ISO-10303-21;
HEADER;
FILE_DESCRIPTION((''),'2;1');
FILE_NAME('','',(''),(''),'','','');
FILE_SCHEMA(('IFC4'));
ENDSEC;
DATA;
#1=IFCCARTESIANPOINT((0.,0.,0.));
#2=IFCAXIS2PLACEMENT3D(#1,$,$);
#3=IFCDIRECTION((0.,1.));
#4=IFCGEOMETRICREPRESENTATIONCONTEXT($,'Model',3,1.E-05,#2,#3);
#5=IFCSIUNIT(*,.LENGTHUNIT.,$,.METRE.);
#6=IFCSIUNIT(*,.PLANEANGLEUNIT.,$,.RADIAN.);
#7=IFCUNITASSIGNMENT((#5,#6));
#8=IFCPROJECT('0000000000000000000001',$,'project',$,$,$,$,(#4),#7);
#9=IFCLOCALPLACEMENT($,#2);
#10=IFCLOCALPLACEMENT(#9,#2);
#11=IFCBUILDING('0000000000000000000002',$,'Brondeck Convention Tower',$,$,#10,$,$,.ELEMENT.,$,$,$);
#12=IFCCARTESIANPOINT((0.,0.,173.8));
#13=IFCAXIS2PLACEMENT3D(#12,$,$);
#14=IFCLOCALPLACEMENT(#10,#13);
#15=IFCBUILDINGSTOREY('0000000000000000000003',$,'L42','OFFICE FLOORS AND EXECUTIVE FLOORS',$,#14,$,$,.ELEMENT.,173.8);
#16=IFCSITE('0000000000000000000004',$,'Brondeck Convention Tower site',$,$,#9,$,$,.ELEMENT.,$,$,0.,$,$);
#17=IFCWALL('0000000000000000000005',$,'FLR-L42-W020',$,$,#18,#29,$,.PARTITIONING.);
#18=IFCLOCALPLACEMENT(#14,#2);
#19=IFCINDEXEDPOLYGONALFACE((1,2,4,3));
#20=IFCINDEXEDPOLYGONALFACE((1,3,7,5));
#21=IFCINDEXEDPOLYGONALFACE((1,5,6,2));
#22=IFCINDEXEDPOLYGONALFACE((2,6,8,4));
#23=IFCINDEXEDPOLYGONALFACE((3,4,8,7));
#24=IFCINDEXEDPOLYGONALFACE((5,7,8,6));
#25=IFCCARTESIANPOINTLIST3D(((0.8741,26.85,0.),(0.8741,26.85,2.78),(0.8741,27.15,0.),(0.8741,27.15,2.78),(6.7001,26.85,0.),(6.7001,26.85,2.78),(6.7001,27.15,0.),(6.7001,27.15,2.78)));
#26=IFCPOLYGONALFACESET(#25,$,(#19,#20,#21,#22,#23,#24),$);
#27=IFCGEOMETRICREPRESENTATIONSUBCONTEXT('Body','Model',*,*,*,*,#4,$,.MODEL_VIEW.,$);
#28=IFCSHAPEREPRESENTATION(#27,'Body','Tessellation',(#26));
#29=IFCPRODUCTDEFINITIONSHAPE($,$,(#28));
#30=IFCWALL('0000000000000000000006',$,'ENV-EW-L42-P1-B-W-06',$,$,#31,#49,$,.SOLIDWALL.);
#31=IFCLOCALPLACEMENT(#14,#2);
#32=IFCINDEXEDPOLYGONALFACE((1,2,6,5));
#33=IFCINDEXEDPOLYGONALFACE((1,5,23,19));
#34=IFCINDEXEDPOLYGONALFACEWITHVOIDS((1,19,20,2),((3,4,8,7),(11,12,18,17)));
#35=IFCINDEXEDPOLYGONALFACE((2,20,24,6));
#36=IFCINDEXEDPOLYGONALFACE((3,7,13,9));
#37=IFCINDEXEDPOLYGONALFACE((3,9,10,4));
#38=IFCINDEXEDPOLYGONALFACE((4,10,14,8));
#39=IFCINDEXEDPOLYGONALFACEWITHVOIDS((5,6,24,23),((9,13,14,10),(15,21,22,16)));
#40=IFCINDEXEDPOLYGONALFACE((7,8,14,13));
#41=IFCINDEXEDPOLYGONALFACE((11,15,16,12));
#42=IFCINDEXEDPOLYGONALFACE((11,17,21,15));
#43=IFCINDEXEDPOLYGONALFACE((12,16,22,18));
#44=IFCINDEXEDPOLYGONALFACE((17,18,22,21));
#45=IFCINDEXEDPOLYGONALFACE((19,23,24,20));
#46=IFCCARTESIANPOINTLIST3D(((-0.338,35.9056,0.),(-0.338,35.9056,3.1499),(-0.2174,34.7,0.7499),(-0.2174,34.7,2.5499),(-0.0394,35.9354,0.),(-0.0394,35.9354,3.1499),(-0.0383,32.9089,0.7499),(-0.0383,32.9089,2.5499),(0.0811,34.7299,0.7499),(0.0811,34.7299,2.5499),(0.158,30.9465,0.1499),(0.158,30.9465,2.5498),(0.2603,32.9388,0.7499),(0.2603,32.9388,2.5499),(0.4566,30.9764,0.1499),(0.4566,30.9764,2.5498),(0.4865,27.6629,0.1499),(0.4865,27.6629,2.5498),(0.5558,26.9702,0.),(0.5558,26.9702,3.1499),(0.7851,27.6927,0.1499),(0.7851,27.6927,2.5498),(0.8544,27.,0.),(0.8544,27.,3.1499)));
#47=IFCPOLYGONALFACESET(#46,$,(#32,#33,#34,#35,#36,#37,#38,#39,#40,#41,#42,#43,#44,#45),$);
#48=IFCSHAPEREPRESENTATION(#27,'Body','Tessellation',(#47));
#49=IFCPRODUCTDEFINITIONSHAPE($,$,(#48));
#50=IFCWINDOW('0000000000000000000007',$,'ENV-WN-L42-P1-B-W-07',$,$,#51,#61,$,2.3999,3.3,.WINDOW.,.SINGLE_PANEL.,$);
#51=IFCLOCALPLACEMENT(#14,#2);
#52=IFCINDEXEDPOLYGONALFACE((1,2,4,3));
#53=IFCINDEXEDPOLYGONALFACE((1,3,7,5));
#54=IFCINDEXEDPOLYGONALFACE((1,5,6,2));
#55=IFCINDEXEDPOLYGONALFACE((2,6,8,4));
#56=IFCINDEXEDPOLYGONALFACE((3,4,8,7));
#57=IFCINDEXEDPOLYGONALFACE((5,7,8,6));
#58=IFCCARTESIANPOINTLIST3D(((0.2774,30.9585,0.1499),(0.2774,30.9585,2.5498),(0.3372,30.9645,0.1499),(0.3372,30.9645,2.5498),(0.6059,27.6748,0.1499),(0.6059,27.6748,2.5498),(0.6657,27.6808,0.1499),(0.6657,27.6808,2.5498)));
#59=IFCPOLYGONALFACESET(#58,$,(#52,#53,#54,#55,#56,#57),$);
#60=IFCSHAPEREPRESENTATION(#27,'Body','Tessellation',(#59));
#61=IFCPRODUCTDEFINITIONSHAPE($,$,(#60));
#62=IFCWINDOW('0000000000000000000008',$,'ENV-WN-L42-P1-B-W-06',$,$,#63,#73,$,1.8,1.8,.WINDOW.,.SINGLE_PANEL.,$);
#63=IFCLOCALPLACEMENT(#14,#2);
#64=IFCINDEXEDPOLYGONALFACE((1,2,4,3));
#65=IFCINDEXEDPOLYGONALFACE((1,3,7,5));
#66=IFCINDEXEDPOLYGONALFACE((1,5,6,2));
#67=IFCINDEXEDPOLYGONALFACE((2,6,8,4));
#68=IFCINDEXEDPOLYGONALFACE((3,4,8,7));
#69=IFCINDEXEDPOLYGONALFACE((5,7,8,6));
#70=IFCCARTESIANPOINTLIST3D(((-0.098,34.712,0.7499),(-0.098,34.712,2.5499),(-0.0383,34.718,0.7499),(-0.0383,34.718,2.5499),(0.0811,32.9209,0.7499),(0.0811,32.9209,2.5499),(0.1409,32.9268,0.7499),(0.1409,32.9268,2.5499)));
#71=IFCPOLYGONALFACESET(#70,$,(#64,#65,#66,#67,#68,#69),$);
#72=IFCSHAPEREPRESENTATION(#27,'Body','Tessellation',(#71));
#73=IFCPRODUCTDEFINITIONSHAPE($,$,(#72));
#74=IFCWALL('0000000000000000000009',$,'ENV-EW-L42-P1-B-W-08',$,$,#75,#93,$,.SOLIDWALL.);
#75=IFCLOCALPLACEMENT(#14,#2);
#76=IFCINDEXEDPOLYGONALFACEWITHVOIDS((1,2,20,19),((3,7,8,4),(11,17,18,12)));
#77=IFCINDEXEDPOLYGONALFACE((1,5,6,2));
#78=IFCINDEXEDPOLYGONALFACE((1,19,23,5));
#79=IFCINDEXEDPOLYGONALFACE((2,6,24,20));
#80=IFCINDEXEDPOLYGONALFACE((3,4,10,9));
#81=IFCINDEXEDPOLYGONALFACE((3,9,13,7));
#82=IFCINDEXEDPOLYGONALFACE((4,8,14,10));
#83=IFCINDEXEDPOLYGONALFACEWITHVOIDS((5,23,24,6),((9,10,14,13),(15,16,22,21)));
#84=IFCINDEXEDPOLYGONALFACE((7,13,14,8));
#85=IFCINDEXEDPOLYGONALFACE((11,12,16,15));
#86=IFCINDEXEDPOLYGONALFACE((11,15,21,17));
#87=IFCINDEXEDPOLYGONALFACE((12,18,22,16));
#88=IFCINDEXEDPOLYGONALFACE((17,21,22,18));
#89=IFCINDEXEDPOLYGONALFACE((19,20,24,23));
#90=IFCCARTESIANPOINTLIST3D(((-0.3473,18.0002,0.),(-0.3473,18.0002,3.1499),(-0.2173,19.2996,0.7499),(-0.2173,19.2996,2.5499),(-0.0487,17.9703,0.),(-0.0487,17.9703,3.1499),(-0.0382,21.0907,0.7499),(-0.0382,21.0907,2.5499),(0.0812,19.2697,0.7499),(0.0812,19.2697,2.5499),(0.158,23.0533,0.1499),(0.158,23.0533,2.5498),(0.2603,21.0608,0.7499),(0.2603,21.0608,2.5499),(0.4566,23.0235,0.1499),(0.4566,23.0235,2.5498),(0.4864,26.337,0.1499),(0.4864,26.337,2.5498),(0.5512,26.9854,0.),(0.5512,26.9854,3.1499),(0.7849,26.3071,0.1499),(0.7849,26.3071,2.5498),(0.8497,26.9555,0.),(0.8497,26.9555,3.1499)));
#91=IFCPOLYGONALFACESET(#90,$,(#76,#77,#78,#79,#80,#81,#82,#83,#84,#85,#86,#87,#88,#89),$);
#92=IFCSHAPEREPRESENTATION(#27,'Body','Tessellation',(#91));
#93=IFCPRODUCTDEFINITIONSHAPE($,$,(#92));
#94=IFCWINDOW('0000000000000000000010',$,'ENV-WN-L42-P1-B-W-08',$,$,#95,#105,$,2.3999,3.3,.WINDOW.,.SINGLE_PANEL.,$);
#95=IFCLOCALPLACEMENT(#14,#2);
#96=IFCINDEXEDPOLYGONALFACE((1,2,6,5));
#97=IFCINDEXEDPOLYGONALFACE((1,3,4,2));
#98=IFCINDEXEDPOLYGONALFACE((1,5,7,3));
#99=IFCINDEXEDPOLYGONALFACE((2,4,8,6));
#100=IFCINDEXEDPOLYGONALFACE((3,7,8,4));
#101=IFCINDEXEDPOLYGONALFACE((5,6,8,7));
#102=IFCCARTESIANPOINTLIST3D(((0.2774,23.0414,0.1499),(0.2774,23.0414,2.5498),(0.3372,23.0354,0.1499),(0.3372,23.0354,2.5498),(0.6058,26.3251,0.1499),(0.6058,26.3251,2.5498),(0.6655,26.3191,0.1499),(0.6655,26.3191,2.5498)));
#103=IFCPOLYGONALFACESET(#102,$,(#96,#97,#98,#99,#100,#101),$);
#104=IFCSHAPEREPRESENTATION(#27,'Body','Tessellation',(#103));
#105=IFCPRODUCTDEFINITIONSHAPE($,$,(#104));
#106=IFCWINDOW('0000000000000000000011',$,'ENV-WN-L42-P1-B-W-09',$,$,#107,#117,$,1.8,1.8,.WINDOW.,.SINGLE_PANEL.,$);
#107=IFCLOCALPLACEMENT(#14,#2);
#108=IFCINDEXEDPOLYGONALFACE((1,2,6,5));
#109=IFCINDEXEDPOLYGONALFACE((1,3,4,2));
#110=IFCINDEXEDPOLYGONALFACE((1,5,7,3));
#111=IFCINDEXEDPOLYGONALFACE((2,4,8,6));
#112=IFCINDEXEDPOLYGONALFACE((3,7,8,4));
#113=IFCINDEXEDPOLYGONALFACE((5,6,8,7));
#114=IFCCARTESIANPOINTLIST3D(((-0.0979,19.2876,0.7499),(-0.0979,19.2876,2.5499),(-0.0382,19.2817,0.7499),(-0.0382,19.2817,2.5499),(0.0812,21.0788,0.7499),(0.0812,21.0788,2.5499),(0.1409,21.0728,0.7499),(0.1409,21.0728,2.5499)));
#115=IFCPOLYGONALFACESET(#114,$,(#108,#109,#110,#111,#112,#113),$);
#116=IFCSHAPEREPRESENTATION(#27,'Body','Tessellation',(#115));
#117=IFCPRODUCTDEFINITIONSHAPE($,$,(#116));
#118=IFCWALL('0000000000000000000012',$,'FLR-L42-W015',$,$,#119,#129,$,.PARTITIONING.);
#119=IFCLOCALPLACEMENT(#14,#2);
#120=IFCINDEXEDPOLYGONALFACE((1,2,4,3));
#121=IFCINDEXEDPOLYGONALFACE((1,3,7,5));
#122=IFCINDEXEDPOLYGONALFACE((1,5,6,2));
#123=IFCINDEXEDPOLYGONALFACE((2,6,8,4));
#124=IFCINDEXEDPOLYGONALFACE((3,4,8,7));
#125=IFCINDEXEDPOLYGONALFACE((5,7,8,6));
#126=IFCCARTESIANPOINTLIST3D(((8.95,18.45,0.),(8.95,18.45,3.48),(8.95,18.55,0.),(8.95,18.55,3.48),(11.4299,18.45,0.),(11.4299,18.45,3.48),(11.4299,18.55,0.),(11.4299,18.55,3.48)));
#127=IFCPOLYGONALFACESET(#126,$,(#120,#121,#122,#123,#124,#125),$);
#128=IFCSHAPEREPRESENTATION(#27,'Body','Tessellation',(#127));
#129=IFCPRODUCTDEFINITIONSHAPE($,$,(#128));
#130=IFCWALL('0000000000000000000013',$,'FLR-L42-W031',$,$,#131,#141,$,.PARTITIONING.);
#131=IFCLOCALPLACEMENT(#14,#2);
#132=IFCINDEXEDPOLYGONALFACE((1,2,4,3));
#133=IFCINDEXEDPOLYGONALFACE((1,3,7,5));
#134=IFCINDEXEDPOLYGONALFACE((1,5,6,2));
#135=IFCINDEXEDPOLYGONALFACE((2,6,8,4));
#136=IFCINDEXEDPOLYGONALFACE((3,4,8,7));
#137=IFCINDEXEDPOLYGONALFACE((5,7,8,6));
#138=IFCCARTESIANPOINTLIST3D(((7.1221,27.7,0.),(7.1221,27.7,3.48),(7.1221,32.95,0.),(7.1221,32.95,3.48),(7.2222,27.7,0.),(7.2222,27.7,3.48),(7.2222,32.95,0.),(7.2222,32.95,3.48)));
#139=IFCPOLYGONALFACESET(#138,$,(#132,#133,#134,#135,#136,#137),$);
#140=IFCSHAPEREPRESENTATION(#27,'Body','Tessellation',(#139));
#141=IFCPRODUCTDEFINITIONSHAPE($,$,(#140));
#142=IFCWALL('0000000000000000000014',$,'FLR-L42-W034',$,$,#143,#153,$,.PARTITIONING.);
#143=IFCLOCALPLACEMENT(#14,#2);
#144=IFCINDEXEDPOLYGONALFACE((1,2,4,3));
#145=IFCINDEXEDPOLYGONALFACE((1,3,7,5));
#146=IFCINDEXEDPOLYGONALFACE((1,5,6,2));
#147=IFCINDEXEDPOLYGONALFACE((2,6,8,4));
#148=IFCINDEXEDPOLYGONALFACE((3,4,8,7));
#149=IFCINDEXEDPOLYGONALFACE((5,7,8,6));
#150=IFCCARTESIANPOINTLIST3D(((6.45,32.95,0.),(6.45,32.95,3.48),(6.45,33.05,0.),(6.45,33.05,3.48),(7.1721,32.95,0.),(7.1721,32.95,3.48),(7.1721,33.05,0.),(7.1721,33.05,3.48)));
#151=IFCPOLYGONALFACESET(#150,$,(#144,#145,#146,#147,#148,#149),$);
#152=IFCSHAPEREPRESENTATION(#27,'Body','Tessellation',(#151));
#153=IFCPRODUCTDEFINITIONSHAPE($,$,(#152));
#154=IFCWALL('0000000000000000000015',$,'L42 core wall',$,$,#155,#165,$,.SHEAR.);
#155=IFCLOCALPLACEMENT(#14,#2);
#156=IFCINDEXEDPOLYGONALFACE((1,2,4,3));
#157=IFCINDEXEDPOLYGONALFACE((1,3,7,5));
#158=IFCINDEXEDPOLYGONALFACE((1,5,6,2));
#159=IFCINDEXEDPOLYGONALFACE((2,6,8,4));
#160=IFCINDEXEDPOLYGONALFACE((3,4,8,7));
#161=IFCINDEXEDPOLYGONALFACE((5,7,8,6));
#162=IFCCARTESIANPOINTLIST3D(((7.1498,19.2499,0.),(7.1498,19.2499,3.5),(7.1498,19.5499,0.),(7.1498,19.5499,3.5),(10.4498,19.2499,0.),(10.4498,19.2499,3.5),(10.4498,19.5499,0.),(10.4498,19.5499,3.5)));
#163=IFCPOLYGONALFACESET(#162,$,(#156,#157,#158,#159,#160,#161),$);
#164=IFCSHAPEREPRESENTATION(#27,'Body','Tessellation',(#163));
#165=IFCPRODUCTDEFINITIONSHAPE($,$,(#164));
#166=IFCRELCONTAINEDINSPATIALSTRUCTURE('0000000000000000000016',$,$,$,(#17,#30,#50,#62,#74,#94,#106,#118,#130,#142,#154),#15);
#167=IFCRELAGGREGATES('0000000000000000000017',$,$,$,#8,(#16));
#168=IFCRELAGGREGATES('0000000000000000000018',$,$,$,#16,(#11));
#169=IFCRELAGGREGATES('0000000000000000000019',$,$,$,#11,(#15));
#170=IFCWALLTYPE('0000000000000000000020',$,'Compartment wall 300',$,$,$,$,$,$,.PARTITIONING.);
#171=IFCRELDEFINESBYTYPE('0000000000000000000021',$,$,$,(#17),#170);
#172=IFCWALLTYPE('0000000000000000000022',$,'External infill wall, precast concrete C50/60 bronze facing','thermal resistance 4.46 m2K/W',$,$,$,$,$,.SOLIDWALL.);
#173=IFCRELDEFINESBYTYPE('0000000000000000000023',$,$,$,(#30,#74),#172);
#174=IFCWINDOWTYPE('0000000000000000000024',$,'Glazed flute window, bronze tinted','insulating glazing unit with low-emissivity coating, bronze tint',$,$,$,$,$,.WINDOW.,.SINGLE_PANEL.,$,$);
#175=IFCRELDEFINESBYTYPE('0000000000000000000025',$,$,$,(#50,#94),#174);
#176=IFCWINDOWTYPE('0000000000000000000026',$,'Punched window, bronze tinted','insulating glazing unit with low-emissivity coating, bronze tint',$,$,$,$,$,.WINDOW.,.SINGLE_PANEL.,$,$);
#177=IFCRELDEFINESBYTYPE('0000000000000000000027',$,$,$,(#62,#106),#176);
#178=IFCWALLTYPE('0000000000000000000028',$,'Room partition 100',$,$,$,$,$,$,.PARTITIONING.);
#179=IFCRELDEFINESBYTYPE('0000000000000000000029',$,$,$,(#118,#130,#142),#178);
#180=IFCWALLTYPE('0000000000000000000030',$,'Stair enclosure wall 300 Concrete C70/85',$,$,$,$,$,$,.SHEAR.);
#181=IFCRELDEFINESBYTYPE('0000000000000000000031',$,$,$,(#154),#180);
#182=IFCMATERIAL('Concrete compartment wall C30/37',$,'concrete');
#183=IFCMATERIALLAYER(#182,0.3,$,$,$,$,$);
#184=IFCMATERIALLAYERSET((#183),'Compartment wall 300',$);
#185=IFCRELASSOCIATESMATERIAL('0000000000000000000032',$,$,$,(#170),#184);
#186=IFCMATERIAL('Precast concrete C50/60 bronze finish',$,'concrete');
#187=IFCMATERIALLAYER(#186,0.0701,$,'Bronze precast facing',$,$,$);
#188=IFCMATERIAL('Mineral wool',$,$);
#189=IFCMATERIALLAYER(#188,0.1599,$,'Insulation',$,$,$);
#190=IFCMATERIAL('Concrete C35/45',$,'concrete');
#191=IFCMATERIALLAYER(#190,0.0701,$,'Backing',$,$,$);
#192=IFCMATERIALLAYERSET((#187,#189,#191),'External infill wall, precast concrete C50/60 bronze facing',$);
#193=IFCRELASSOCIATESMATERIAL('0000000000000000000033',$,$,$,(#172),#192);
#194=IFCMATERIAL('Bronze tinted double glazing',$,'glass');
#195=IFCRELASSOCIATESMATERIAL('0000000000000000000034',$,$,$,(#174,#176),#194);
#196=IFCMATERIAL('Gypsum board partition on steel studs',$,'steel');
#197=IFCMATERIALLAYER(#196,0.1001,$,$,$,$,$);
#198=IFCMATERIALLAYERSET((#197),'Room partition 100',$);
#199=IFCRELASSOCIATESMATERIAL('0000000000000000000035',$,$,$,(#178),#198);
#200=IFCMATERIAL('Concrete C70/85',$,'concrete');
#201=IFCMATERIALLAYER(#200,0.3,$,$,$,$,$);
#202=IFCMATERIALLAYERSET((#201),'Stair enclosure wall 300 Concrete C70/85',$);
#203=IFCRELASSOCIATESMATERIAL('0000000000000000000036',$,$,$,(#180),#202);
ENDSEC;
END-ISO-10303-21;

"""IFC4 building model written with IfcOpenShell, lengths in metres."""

from ifc_helpers import new_model, si_unit, direction, frame, frame_2d, origin, place, context, subcontext, project, spatial, rectangle, extrude, material, layer, layer_set, type_object, element, fill, save


model = new_model("IFC4")

# Units and contexts
model_context = context("Model", 3, precision=1e-05, world=origin(), true_north=direction((0.0, 1.0)))
body_context = subcontext(model_context, "Body", "Model", "MODEL_VIEW")
ifc_project = project(units=[si_unit("LENGTHUNIT", "METRE"), si_unit("PLANEANGLEUNIT", "RADIAN")], contexts=[model_context])

# Site, building, storey
site_placement = place(None, origin())
site = spatial("IfcSite", under=ifc_project, at=site_placement, Name="Brondeck Convention Tower site", CompositionType="ELEMENT", RefElevation=0.0)
building_placement = place(site_placement, origin())
building = spatial("IfcBuilding", under=site, at=building_placement, Name="Brondeck Convention Tower", CompositionType="ELEMENT")
storey_placement = place(building_placement, frame((0.0, 0.0, 173.8)))
storey = spatial("IfcBuildingStorey", under=building, at=storey_placement, Name="L42", Description="OFFICE FLOORS AND EXECUTIVE FLOORS", CompositionType="ELEMENT", Elevation=173.8)

# Shared definitions
ifc_material_1 = material(Name="Concrete C70/85", Category="concrete")

# Wall
ifc_material_2 = material(Name="Concrete compartment wall C30/37", Category="concrete")
ifc_layer_1 = layer(ifc_material_2, 0.3)
ifc_layer_set_1 = layer_set([ifc_layer_1], Name="Compartment wall 300")
wall_type_1 = type_object("IfcWallType", Name="Compartment wall 300", PredefinedType="PARTITIONING", material=ifc_layer_set_1)
wall_1_placement = place(storey_placement, frame((0.874, 27.0, 0.0), z_axis=(0.0, 0.0, 1.0), x_axis=(1.0, 0.0, 0.0)))
element("IfcWall", 1, at=wall_1_placement, inside=storey, type_object=wall_type_1, Name="FLR-L42-W020", PredefinedType="PARTITIONING", context=body_context, shape_type="SweptSolid", body=[
    extrude(rectangle(XDim=5.8259, YDim=0.3, at=frame_2d((2.9131, 0.0))), origin(), (0.0, 0.0, 1.0), 2.78),
])

# Walls, openings, windows
ifc_material_3 = material(Name="Precast concrete C50/60 bronze finish", Category="concrete")
ifc_layer_2 = layer(ifc_material_3, 0.0701, Name="Bronze precast facing")
ifc_material_4 = material(Name="Mineral wool")
ifc_layer_3 = layer(ifc_material_4, 0.1599, Name="Insulation")
ifc_material_5 = material(Name="Concrete C35/45", Category="concrete")
ifc_layer_4 = layer(ifc_material_5, 0.0701, Name="Backing")
ifc_layer_set_2 = layer_set([ifc_layer_2, ifc_layer_3, ifc_layer_4], Name="External infill wall, precast concrete C50/60 bronze facing")
wall_type_2 = type_object("IfcWallType", Name="External infill wall, precast concrete C50/60 bronze facing", Description="thermal resistance 4.46 m2K/W", PredefinedType="SOLIDWALL", material=ifc_layer_set_2)
wall_2_placement = place(storey_placement, frame((0.7051, 26.9851, 0.0), z_axis=(0.0, 0.0, 1.0), x_axis=(-0.099533, 0.995034, 0.0)))
wall_2 = element("IfcWall", 2, at=wall_2_placement, inside=storey, type_object=wall_type_2, Name="ENV-EW-L42-P1-B-W-06", PredefinedType="SOLIDWALL", context=body_context, shape_type="SweptSolid", body=[
    extrude(rectangle(XDim=8.98, YDim=0.3, at=frame_2d((4.49, 0.0))), origin(), (0.0, 0.0, 1.0), 3.1499),
])
opening_1_placement = place(wall_2_placement, frame((0.6963, 0.0, 0.1499)))
opening_1 = element("IfcOpeningElement", 3, at=opening_1_placement, cuts=wall_2, PredefinedType="OPENING", context=body_context, shape_type="SweptSolid", body=[
    extrude(rectangle(XDim=3.3, YDim=2.3999, at=frame_2d((1.6499, 1.2))), frame((0.0, 0.1599, 0.0), z_axis=(0.0, -1.0, 0.0), x_axis=(1.0, 0.0, 0.0)), (0.0, 0.0, 1.0), 0.3201),
])
opening_2_placement = place(wall_2_placement, frame((5.9685, 0.0, 0.75)))
opening_2 = element("IfcOpeningElement", 4, at=opening_2_placement, cuts=wall_2, PredefinedType="OPENING", context=body_context, shape_type="SweptSolid", body=[
    extrude(rectangle(XDim=1.8, YDim=1.8, at=frame_2d((0.8999, 0.8999))), frame((0.0, 0.1599, 0.0), z_axis=(0.0, -1.0, 0.0), x_axis=(1.0, 0.0, 0.0)), (0.0, 0.0, 1.0), 0.3201),
])
ifc_material_6 = material(Name="Bronze tinted double glazing", Category="glass")
window_type_1 = type_object("IfcWindowType", Name="Glazed flute window, bronze tinted", Description="insulating glazing unit with low-emissivity coating, bronze tint", PartitioningType="SINGLE_PANEL", PredefinedType="WINDOW", material=ifc_material_6)
window_1_placement = place(opening_1_placement, origin())
window_1 = element("IfcWindow", 5, at=window_1_placement, inside=storey, type_object=window_type_1, Name="ENV-WN-L42-P1-B-W-07", OverallHeight=2.3999, OverallWidth=3.3, PartitioningType="SINGLE_PANEL", PredefinedType="WINDOW", context=body_context, shape_type="SweptSolid", body=[
    extrude(rectangle(XDim=3.3, YDim=2.3999, at=frame_2d((1.6499, 1.2))), frame((0.0, 0.03, 0.0), z_axis=(0.0, -1.0, 0.0), x_axis=(1.0, 0.0, 0.0)), (0.0, 0.0, 1.0), 0.0601),
])
fill(opening_1, window_1)
window_type_2 = type_object("IfcWindowType", Name="Punched window, bronze tinted", Description="insulating glazing unit with low-emissivity coating, bronze tint", PartitioningType="SINGLE_PANEL", PredefinedType="WINDOW", material=ifc_material_6)
window_2_placement = place(opening_2_placement, origin())
window_2 = element("IfcWindow", 6, at=window_2_placement, inside=storey, type_object=window_type_2, Name="ENV-WN-L42-P1-B-W-06", OverallHeight=1.8, OverallWidth=1.8, PartitioningType="SINGLE_PANEL", PredefinedType="WINDOW", context=body_context, shape_type="SweptSolid", body=[
    extrude(rectangle(XDim=1.8, YDim=1.8, at=frame_2d((0.8999, 0.8999))), frame((0.0, 0.03, 0.0), z_axis=(0.0, -1.0, 0.0), x_axis=(1.0, 0.0, 0.0)), (0.0, 0.0, 1.0), 0.0601),
])
fill(opening_2, window_2)
wall_3_placement = place(storey_placement, frame((-0.198, 17.9851, 0.0), z_axis=(0.0, 0.0, 1.0), x_axis=(0.099496, 0.995038, 0.0)))
wall_3 = element("IfcWall", 7, at=wall_3_placement, inside=storey, type_object=wall_type_2, Name="ENV-EW-L42-P1-B-W-08", PredefinedType="SOLIDWALL", context=body_context, shape_type="SweptSolid", body=[
    extrude(rectangle(XDim=9.03, YDim=0.3, at=frame_2d((4.5151, 0.0))), origin(), (0.0, 0.0, 1.0), 3.1499),
])
opening_3_placement = place(wall_3_placement, frame((1.3062, 0.0, 0.75)))
opening_3 = element("IfcOpeningElement", 8, at=opening_3_placement, cuts=wall_3, PredefinedType="OPENING", context=body_context, shape_type="SweptSolid", body=[
    extrude(rectangle(XDim=1.8, YDim=1.8, at=frame_2d((0.8999, 0.8999))), frame((0.0, 0.1599, 0.0), z_axis=(0.0, -1.0, 0.0), x_axis=(1.0, 0.0, 0.0)), (0.0, 0.0, 1.0), 0.3201),
])
opening_4_placement = place(wall_3_placement, frame((5.0786, 0.0, 0.1499)))
opening_4 = element("IfcOpeningElement", 9, at=opening_4_placement, cuts=wall_3, PredefinedType="OPENING", context=body_context, shape_type="SweptSolid", body=[
    extrude(rectangle(XDim=3.3, YDim=2.3999, at=frame_2d((1.6499, 1.2))), frame((0.0, 0.1599, 0.0), z_axis=(0.0, -1.0, 0.0), x_axis=(1.0, 0.0, 0.0)), (0.0, 0.0, 1.0), 0.3201),
])
window_3_placement = place(opening_4_placement, origin())
window_3 = element("IfcWindow", 10, at=window_3_placement, inside=storey, type_object=window_type_1, Name="ENV-WN-L42-P1-B-W-08", OverallHeight=2.3999, OverallWidth=3.3, PartitioningType="SINGLE_PANEL", PredefinedType="WINDOW", context=body_context, shape_type="SweptSolid", body=[
    extrude(rectangle(XDim=3.3, YDim=2.3999, at=frame_2d((1.6499, 1.2))), frame((0.0, 0.03, 0.0), z_axis=(0.0, -1.0, 0.0), x_axis=(1.0, 0.0, 0.0)), (0.0, 0.0, 1.0), 0.0601),
])
fill(opening_4, window_3)
window_4_placement = place(opening_3_placement, origin())
window_4 = element("IfcWindow", 11, at=window_4_placement, inside=storey, type_object=window_type_2, Name="ENV-WN-L42-P1-B-W-09", OverallHeight=1.8, OverallWidth=1.8, PartitioningType="SINGLE_PANEL", PredefinedType="WINDOW", context=body_context, shape_type="SweptSolid", body=[
    extrude(rectangle(XDim=1.8, YDim=1.8, at=frame_2d((0.8999, 0.8999))), frame((0.0, 0.03, 0.0), z_axis=(0.0, -1.0, 0.0), x_axis=(1.0, 0.0, 0.0)), (0.0, 0.0, 1.0), 0.0601),
])
fill(opening_3, window_4)

# Walls
ifc_material_7 = material(Name="Gypsum board partition on steel studs", Category="steel")
ifc_layer_5 = layer(ifc_material_7, 0.1001)
ifc_layer_set_3 = layer_set([ifc_layer_5], Name="Room partition 100")
wall_type_3 = type_object("IfcWallType", Name="Room partition 100", PredefinedType="PARTITIONING", material=ifc_layer_set_3)
wall_4_placement = place(storey_placement, frame((8.95, 18.5, 0.0), z_axis=(0.0, 0.0, 1.0), x_axis=(1.0, 0.0, 0.0)))
element("IfcWall", 12, at=wall_4_placement, inside=storey, type_object=wall_type_3, Name="FLR-L42-W015", PredefinedType="PARTITIONING", context=body_context, shape_type="SweptSolid", body=[
    extrude(rectangle(XDim=2.48, YDim=0.1001, at=frame_2d((1.24, 0.0))), origin(), (0.0, 0.0, 1.0), 3.48),
])
wall_5_placement = place(storey_placement, frame((7.1721, 32.95, 0.0), z_axis=(0.0, 0.0, 1.0), x_axis=(0.0, -1.0, 0.0)))
element("IfcWall", 13, at=wall_5_placement, inside=storey, type_object=wall_type_3, Name="FLR-L42-W031", PredefinedType="PARTITIONING", context=body_context, shape_type="SweptSolid", body=[
    extrude(rectangle(XDim=5.25, YDim=0.1001, at=frame_2d((2.625, 0.0))), origin(), (0.0, 0.0, 1.0), 3.48),
])
wall_6_placement = place(storey_placement, frame((7.1721, 33.0, 0.0), z_axis=(0.0, 0.0, 1.0), x_axis=(-1.0, 0.0, 0.0)))
element("IfcWall", 14, at=wall_6_placement, inside=storey, type_object=wall_type_3, Name="FLR-L42-W034", PredefinedType="PARTITIONING", context=body_context, shape_type="SweptSolid", body=[
    extrude(rectangle(XDim=0.7222, YDim=0.1001, at=frame_2d((0.3611, 0.0))), origin(), (0.0, 0.0, 1.0), 3.48),
])
ifc_layer_6 = layer(ifc_material_1, 0.3)
ifc_layer_set_4 = layer_set([ifc_layer_6], Name="Stair enclosure wall 300 Concrete C70/85")
wall_type_4 = type_object("IfcWallType", Name="Stair enclosure wall 300 Concrete C70/85", PredefinedType="SHEAR", material=ifc_layer_set_4)
for number, where, z_axis, x_axis, name in (
    (15, (7.1499, 19.3999, 0.0), (0.0, 0.0, 1.0), (1.0, 0.0, 0.0), "L42 core wall"),
):
    element("IfcWall", number, at=place(storey_placement, frame(where, z_axis=z_axis, x_axis=x_axis)), inside=storey, type_object=wall_type_4, Name=name, PredefinedType="SHEAR", context=body_context, shape_type="SweptSolid", body=[
        extrude(rectangle(XDim=3.3, YDim=0.3, at=frame_2d((1.6499, 0.0))), origin(), (0.0, 0.0, 1.0), 3.5),
    ])

save(model, "model.ifc")
